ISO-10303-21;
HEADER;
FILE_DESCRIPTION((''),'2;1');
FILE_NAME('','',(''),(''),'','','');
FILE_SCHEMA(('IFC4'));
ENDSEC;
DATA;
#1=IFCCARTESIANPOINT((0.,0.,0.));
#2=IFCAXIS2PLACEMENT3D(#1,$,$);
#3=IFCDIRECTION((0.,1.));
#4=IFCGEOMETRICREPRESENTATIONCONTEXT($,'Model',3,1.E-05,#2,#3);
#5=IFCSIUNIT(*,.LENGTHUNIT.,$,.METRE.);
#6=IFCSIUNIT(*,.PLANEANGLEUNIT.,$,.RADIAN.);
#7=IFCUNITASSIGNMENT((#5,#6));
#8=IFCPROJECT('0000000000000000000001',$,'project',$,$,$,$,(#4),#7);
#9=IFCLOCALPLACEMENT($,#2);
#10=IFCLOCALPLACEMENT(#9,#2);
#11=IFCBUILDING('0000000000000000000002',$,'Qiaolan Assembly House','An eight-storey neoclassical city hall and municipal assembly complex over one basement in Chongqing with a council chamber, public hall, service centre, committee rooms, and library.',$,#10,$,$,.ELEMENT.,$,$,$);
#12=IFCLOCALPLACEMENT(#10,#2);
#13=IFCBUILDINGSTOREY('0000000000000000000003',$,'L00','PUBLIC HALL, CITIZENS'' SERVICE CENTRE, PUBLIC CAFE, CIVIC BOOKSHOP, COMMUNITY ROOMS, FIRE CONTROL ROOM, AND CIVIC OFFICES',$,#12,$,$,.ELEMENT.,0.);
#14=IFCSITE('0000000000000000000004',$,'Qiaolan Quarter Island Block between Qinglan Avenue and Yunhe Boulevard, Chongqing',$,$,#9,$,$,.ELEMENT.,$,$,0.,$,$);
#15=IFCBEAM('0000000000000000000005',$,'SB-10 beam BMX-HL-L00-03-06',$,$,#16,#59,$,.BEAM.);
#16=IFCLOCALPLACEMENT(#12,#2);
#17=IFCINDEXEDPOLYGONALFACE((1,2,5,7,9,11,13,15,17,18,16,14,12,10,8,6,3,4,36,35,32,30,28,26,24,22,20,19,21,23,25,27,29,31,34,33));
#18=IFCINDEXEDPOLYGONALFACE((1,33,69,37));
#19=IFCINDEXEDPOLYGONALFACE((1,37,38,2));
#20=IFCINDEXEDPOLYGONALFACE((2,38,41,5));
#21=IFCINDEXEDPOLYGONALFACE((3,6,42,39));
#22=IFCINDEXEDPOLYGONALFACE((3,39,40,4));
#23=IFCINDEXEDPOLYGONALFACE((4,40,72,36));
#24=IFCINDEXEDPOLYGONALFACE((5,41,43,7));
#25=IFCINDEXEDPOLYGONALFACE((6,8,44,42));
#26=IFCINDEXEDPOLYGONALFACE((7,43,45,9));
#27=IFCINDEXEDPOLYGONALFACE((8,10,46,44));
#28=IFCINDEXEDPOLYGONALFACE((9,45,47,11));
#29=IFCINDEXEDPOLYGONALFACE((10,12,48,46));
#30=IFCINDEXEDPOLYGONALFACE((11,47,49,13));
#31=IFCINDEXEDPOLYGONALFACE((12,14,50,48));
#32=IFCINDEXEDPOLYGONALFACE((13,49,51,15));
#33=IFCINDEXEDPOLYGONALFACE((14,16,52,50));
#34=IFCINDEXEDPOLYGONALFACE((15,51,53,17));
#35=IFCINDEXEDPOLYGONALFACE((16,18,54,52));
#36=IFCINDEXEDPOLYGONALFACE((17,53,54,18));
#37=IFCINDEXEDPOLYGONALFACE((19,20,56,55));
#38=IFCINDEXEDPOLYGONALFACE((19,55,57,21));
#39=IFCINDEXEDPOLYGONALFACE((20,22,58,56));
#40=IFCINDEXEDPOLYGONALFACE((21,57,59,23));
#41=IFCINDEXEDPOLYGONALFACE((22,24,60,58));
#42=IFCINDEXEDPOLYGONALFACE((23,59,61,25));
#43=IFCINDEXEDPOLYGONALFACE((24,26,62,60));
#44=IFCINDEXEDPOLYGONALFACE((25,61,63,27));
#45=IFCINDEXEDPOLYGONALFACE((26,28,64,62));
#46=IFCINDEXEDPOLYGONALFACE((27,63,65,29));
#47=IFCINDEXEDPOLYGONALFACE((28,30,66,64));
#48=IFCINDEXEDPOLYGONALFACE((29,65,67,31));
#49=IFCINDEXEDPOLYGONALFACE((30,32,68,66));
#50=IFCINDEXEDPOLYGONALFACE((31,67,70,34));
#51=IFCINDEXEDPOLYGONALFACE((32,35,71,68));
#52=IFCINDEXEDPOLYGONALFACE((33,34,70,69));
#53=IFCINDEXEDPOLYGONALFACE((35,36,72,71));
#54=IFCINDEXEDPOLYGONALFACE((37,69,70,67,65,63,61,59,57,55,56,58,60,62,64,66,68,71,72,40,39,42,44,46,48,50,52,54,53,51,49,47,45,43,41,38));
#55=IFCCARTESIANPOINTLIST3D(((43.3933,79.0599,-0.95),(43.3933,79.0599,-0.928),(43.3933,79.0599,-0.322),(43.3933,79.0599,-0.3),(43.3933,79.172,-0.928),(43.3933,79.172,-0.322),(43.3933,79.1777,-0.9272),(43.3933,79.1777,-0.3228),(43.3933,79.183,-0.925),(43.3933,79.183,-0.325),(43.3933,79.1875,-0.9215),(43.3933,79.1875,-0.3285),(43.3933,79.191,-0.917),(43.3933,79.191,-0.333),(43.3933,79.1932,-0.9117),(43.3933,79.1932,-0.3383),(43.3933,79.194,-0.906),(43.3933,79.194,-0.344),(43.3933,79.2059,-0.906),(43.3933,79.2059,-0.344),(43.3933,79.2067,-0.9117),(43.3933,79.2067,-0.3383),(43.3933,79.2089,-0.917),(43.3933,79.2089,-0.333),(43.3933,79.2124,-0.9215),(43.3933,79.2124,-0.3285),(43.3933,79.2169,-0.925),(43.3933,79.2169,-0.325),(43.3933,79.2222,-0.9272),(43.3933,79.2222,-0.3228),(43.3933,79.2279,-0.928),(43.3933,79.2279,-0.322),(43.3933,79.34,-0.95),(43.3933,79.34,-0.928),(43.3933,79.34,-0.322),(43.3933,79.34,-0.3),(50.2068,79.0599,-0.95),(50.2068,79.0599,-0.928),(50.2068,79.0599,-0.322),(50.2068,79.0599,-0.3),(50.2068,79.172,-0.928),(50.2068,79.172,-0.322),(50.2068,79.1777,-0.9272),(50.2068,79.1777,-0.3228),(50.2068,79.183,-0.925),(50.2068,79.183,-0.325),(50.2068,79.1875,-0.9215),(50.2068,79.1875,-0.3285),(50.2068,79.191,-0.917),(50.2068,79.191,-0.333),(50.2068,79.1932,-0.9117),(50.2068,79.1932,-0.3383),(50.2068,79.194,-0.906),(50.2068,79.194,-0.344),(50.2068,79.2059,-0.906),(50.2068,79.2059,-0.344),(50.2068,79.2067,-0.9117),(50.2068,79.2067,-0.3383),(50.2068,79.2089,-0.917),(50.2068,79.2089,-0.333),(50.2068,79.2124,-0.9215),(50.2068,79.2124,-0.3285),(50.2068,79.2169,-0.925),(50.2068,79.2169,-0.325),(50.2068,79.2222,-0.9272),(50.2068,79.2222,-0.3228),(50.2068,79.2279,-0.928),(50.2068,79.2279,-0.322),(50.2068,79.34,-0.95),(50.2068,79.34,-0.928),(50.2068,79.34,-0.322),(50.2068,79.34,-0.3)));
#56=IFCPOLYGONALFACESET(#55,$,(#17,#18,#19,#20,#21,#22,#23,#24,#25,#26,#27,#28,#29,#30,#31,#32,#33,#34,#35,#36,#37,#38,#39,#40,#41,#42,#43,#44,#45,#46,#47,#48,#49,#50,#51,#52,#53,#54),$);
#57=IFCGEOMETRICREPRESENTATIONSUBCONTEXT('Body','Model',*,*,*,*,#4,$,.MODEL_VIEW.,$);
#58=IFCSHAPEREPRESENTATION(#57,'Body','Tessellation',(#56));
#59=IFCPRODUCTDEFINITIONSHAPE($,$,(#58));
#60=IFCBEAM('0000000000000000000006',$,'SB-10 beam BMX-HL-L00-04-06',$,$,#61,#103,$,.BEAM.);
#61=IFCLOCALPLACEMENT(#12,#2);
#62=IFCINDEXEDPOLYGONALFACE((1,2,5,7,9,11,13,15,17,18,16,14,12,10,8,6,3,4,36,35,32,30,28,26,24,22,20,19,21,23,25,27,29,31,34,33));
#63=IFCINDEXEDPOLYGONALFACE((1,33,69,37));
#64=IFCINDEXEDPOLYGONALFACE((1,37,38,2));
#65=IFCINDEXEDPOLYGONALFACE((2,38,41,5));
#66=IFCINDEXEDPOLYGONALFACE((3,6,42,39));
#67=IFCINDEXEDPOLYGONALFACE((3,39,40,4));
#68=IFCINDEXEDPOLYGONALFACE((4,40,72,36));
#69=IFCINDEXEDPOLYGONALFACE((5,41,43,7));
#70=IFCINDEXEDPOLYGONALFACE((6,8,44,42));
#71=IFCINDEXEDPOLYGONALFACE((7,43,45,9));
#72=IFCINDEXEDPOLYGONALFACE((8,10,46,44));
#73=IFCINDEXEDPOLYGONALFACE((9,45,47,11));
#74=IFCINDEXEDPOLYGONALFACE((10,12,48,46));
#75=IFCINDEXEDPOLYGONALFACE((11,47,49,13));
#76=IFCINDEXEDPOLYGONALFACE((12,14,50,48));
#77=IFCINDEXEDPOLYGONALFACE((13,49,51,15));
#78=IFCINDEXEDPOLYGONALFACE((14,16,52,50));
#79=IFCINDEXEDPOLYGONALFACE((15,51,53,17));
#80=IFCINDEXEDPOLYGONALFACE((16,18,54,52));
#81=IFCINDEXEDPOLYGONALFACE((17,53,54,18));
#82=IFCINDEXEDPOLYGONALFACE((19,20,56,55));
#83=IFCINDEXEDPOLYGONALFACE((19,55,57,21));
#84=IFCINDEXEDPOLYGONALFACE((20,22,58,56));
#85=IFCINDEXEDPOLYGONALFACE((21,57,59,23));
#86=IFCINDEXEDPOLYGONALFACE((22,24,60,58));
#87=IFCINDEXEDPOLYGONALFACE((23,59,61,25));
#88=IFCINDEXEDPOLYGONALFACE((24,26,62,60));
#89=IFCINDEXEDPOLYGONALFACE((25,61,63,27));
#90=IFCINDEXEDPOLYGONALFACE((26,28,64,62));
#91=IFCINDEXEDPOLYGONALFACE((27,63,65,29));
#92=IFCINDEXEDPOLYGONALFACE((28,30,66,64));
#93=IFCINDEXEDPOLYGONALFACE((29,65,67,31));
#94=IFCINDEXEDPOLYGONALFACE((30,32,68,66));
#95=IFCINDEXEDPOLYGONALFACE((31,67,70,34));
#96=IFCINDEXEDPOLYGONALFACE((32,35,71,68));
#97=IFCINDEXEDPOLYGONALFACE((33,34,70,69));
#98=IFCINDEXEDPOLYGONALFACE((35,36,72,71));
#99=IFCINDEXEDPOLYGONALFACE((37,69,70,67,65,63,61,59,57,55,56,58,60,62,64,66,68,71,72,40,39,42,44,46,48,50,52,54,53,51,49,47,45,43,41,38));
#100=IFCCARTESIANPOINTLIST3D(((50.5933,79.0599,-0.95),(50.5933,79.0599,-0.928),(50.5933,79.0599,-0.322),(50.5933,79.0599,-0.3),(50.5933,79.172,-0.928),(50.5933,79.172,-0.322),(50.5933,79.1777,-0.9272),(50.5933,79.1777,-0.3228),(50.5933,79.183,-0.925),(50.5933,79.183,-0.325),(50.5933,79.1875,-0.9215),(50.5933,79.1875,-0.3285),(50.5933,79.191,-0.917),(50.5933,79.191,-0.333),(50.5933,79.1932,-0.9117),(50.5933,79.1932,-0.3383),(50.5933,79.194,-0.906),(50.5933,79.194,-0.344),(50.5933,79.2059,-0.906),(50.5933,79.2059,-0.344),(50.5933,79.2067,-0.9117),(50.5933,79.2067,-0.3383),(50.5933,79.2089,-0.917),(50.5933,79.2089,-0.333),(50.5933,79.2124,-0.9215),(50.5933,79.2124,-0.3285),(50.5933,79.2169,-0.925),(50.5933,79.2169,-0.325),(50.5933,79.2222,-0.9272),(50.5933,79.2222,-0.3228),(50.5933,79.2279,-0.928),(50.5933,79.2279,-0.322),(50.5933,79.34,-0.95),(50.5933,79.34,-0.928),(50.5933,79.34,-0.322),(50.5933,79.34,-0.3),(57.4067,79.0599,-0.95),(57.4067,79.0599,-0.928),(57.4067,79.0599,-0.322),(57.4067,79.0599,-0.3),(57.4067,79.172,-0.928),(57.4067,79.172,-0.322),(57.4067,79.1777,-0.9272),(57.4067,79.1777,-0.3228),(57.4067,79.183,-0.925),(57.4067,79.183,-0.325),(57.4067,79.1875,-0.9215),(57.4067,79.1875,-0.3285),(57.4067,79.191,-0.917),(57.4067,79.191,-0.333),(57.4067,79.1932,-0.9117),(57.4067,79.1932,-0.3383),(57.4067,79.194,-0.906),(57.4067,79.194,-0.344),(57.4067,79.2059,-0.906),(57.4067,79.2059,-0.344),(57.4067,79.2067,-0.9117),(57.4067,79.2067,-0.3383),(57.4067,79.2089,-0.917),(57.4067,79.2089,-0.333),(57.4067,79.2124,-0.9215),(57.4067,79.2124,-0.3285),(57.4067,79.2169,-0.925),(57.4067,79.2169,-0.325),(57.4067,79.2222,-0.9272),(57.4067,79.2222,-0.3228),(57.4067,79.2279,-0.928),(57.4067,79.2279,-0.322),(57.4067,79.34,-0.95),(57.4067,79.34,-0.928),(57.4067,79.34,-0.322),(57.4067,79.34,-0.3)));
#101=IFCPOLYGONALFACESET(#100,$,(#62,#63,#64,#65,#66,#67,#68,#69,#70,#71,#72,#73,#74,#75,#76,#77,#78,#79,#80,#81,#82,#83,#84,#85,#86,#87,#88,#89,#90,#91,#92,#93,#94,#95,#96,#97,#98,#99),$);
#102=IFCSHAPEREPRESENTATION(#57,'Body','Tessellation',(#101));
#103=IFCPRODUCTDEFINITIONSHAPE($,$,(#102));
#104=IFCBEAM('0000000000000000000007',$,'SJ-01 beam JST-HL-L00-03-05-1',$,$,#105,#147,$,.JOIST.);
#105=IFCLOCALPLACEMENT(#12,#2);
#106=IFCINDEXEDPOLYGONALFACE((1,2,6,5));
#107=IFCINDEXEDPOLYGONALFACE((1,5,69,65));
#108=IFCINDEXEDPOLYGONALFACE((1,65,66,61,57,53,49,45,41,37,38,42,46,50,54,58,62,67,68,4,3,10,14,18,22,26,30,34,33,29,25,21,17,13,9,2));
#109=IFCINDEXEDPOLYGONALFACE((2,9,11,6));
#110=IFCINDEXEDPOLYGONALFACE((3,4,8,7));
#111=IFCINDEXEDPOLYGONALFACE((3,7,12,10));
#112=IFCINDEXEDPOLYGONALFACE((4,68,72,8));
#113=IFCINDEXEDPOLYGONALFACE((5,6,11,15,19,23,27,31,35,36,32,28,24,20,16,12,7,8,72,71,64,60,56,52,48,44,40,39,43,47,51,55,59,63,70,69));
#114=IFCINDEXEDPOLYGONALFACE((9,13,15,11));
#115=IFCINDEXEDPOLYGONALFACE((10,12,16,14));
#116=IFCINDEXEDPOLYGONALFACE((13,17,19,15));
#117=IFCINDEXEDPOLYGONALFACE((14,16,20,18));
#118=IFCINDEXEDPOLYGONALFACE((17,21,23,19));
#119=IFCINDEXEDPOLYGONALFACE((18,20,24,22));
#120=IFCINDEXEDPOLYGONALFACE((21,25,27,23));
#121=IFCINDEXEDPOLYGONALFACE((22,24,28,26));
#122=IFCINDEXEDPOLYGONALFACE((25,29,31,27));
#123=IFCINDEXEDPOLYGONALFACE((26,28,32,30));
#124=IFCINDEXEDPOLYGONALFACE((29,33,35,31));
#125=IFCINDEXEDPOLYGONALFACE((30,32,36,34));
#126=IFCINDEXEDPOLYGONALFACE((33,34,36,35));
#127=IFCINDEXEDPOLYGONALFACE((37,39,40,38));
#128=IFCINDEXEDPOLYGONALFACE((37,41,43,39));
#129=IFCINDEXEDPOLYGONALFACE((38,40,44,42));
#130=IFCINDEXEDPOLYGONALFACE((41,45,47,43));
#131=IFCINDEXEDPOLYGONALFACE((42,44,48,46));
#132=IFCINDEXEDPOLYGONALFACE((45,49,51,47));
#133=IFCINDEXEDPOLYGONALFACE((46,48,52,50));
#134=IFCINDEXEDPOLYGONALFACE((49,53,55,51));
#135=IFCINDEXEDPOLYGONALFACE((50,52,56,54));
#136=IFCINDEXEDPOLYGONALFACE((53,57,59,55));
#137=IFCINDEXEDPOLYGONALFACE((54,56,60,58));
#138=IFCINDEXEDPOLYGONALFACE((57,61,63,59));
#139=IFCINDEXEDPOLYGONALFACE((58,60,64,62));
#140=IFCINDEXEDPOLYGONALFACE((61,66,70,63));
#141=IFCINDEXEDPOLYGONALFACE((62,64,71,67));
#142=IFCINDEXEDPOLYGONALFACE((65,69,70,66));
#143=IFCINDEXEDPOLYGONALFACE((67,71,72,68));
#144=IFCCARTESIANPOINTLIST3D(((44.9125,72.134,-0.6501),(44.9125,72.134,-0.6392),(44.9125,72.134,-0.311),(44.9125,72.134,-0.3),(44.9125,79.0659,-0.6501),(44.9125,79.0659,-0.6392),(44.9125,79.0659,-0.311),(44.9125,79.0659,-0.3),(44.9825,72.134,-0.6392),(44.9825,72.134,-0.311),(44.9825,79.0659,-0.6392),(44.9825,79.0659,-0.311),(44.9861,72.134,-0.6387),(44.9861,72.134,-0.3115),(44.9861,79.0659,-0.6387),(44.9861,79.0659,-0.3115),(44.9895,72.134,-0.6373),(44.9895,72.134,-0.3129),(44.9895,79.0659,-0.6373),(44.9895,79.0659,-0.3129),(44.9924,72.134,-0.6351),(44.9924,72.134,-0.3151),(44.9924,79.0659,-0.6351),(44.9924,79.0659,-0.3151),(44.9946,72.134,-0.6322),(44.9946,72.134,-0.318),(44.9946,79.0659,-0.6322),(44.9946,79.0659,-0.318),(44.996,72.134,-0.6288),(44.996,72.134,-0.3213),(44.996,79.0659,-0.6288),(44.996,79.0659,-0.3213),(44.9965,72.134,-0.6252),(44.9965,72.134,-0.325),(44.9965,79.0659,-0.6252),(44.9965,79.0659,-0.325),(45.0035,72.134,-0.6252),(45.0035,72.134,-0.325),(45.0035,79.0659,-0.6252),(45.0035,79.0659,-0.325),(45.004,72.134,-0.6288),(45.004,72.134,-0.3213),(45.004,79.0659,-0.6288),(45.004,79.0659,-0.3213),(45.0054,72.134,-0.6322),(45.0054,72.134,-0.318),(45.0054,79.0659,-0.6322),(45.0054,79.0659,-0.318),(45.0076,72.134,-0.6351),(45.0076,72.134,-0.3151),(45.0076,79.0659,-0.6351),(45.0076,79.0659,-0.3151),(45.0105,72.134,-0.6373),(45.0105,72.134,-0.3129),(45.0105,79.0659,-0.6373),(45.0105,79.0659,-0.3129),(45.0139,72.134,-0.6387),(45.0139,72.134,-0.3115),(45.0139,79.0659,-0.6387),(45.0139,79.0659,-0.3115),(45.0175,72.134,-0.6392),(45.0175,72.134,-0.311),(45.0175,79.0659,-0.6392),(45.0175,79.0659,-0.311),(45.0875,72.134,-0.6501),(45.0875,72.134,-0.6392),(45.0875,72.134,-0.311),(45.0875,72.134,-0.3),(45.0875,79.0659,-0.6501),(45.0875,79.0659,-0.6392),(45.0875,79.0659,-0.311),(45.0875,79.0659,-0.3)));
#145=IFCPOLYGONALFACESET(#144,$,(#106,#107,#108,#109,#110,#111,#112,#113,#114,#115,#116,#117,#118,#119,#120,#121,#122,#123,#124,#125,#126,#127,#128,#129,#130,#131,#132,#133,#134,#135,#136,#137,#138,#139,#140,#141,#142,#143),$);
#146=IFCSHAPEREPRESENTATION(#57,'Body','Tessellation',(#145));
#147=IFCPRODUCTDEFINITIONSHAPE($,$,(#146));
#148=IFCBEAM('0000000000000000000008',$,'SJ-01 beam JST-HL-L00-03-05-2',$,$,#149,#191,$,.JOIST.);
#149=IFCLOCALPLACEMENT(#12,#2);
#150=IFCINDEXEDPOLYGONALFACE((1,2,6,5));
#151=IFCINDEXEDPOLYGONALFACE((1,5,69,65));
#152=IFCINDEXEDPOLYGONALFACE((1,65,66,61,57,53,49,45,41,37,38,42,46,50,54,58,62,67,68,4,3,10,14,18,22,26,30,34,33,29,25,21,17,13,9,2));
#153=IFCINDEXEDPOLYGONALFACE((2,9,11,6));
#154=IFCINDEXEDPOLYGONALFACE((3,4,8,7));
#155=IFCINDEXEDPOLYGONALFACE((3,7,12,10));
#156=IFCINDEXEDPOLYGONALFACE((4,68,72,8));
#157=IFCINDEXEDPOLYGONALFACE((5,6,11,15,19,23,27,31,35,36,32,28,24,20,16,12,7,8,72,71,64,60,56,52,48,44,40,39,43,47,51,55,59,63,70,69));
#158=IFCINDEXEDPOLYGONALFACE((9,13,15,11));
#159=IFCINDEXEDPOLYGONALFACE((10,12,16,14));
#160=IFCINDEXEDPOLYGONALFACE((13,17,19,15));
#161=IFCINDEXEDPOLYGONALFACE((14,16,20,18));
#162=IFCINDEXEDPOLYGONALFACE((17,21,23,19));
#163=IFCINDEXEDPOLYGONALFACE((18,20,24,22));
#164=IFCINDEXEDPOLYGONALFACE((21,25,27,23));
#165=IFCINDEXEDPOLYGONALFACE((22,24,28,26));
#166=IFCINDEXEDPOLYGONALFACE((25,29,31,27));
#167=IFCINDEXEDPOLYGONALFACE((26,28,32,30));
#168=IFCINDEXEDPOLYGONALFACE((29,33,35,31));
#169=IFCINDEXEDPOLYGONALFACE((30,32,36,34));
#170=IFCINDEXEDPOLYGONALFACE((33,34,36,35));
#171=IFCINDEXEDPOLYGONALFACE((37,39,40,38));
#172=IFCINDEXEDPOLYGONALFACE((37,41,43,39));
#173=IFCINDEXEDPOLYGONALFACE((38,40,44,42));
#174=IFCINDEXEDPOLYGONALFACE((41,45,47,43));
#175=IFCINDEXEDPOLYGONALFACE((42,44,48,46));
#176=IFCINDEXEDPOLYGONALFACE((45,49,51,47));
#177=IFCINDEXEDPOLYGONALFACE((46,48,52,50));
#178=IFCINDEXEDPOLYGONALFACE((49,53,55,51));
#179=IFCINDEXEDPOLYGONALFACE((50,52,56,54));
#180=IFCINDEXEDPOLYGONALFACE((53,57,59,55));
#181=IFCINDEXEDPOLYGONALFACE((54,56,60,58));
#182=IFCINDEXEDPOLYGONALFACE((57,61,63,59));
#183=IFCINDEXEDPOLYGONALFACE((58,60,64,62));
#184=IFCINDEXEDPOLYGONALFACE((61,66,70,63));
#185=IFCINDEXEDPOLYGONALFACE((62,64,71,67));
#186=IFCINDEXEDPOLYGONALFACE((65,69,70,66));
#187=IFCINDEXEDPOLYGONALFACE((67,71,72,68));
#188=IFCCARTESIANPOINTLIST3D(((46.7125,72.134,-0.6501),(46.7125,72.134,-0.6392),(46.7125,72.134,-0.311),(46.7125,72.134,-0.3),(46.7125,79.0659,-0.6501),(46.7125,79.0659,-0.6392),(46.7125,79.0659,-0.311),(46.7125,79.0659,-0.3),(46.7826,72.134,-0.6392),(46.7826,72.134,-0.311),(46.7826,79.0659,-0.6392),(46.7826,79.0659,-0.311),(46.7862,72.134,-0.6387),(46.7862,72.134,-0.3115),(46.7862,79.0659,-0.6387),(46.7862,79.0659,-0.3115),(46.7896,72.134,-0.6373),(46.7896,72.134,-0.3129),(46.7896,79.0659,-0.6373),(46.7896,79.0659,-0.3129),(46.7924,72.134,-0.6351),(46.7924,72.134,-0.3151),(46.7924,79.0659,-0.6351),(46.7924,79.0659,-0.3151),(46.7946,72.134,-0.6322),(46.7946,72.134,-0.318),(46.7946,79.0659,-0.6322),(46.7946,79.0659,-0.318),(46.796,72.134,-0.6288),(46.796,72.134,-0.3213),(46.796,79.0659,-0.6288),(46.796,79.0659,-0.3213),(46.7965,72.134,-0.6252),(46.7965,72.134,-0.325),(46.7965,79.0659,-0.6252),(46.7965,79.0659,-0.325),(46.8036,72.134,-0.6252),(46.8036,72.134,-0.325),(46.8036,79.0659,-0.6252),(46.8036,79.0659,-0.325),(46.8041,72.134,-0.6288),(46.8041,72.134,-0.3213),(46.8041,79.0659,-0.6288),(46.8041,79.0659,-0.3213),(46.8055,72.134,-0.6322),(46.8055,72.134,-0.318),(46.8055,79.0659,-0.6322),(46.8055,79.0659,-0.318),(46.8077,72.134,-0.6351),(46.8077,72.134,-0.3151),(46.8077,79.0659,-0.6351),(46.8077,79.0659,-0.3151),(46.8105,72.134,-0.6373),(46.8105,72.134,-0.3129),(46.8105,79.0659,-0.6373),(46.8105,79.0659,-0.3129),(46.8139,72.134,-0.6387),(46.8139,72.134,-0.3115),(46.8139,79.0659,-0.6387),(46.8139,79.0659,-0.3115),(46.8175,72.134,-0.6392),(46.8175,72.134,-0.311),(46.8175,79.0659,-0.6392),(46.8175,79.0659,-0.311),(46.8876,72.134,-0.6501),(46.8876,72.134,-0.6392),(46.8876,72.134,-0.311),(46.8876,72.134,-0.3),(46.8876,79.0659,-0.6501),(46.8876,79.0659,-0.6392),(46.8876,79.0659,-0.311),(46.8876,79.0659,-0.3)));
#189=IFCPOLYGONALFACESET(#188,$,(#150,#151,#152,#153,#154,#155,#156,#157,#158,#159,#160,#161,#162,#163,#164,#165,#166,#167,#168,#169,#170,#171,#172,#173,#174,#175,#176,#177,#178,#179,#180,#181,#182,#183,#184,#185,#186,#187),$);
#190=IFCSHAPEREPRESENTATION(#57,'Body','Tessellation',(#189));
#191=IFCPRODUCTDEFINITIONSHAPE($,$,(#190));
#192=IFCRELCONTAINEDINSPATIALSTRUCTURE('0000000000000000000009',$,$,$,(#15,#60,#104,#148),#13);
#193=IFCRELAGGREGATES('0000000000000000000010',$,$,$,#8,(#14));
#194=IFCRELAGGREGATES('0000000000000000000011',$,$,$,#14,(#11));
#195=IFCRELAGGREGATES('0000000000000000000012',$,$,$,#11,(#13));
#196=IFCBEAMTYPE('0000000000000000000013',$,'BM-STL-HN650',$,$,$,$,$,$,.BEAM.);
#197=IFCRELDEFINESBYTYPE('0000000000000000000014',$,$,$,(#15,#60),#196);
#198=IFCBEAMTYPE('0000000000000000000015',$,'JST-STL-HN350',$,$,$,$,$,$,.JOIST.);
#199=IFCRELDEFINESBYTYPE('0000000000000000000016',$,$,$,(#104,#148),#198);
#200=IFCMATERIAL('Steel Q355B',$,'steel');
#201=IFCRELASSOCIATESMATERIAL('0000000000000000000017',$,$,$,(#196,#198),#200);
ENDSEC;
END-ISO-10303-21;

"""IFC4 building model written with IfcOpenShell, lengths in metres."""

from ifc_helpers import new_model, si_unit, direction, frame, origin, origin_2d, place, context, subcontext, project, spatial, i_section, extrude, material, material_profile, profile_set, type_object, element, save


model = new_model("IFC4")

# Units and contexts
model_context = context("Model", 3, precision=1e-05, world=origin(), true_north=direction((0.0, 1.0)))
body_context = subcontext(model_context, "Body", "Model", "MODEL_VIEW")
ifc_project = project(units=[si_unit("LENGTHUNIT", "METRE"), si_unit("PLANEANGLEUNIT", "RADIAN")], contexts=[model_context])

# Site, building, storey
site_placement = place(None, origin())
site = spatial("IfcSite", under=ifc_project, at=site_placement, Name="Qiaolan Quarter Island Block between Qinglan Avenue and Yunhe Boulevard, Chongqing", CompositionType="ELEMENT", RefElevation=0.0)
building_placement = place(site_placement, origin())
building = spatial("IfcBuilding", under=site, at=building_placement, Name="Qiaolan Assembly House", Description="An eight-storey neoclassical city hall and municipal assembly complex over one basement in Chongqing with a council chamber, public hall, service centre, committee rooms, and library.", CompositionType="ELEMENT")
storey_placement = place(building_placement, origin())
storey = spatial("IfcBuildingStorey", under=building, at=storey_placement, Name="L00", Description="PUBLIC HALL, CITIZENS' SERVICE CENTRE, PUBLIC CAFE, CIVIC BOOKSHOP, COMMUNITY ROOMS, FIRE CONTROL ROOM, AND CIVIC OFFICES", CompositionType="ELEMENT", Elevation=0.0)

# Shared definitions
ifc_material_1 = material(Name="Steel Q355B", Category="steel")

# Beams
ifc_material_profile_1 = material_profile(ifc_material_1, i_section(OverallWidth=0.28, OverallDepth=0.6499, WebThickness=0.012, FlangeThickness=0.022, FilletRadius=0.022, at=origin_2d()), Name="HN 650x280x12x22")
ifc_profile_set_1 = profile_set([ifc_material_profile_1], Name="Steel Q355B")
beam_type_1 = type_object("IfcBeamType", Name="BM-STL-HN650", PredefinedType="BEAM", material=ifc_profile_set_1)
for number, where, z_axis, x_axis, name in (
    (1, (43.3933, 79.2, -0.625), (1.0, 0.0, 0.0), (0.0, 1.0, 0.0), "SB-10 beam BMX-HL-L00-03-06"),
    (2, (50.5933, 79.2, -0.625), (1.0, 0.0, 0.0), (0.0, 1.0, 0.0), "SB-10 beam BMX-HL-L00-04-06"),
):
    element("IfcBeam", number, at=place(storey_placement, frame(where, z_axis=z_axis, x_axis=x_axis)), inside=storey, type_object=beam_type_1, Name=name, PredefinedType="BEAM", context=body_context, shape_type="SweptSolid", body=[
        extrude(i_section(OverallWidth=0.28, OverallDepth=0.6499, WebThickness=0.012, FlangeThickness=0.022, FilletRadius=0.022, at=origin_2d()), origin(), (0.0, 0.0, 1.0), 6.8135),
    ])
ifc_material_profile_2 = material_profile(ifc_material_1, i_section(OverallWidth=0.175, OverallDepth=0.3501, WebThickness=0.0071, FlangeThickness=0.011, FilletRadius=0.0139, at=origin_2d()), Name="HN 350x175x7x11")
ifc_profile_set_2 = profile_set([ifc_material_profile_2], Name="Steel Q355B")
beam_type_2 = type_object("IfcBeamType", Name="JST-STL-HN350", PredefinedType="JOIST", material=ifc_profile_set_2)
for number, where, z_axis, x_axis, name in (
    (3, (45.0, 72.134, -0.4751), (0.0, 1.0, 0.0), (-1.0, 0.0, 0.0), "SJ-01 beam JST-HL-L00-03-05-1"),
    (4, (46.8, 72.134, -0.4751), (0.0, 1.0, 0.0), (-1.0, 0.0, 0.0), "SJ-01 beam JST-HL-L00-03-05-2"),
):
    element("IfcBeam", number, at=place(storey_placement, frame(where, z_axis=z_axis, x_axis=x_axis)), inside=storey, type_object=beam_type_2, Name=name, PredefinedType="JOIST", context=body_context, shape_type="SweptSolid", body=[
        extrude(i_section(OverallWidth=0.175, OverallDepth=0.3501, WebThickness=0.0071, FlangeThickness=0.011, FilletRadius=0.0139, at=origin_2d()), origin(), (0.0, 0.0, 1.0), 6.9319),
    ])

save(model, "model.ifc")
